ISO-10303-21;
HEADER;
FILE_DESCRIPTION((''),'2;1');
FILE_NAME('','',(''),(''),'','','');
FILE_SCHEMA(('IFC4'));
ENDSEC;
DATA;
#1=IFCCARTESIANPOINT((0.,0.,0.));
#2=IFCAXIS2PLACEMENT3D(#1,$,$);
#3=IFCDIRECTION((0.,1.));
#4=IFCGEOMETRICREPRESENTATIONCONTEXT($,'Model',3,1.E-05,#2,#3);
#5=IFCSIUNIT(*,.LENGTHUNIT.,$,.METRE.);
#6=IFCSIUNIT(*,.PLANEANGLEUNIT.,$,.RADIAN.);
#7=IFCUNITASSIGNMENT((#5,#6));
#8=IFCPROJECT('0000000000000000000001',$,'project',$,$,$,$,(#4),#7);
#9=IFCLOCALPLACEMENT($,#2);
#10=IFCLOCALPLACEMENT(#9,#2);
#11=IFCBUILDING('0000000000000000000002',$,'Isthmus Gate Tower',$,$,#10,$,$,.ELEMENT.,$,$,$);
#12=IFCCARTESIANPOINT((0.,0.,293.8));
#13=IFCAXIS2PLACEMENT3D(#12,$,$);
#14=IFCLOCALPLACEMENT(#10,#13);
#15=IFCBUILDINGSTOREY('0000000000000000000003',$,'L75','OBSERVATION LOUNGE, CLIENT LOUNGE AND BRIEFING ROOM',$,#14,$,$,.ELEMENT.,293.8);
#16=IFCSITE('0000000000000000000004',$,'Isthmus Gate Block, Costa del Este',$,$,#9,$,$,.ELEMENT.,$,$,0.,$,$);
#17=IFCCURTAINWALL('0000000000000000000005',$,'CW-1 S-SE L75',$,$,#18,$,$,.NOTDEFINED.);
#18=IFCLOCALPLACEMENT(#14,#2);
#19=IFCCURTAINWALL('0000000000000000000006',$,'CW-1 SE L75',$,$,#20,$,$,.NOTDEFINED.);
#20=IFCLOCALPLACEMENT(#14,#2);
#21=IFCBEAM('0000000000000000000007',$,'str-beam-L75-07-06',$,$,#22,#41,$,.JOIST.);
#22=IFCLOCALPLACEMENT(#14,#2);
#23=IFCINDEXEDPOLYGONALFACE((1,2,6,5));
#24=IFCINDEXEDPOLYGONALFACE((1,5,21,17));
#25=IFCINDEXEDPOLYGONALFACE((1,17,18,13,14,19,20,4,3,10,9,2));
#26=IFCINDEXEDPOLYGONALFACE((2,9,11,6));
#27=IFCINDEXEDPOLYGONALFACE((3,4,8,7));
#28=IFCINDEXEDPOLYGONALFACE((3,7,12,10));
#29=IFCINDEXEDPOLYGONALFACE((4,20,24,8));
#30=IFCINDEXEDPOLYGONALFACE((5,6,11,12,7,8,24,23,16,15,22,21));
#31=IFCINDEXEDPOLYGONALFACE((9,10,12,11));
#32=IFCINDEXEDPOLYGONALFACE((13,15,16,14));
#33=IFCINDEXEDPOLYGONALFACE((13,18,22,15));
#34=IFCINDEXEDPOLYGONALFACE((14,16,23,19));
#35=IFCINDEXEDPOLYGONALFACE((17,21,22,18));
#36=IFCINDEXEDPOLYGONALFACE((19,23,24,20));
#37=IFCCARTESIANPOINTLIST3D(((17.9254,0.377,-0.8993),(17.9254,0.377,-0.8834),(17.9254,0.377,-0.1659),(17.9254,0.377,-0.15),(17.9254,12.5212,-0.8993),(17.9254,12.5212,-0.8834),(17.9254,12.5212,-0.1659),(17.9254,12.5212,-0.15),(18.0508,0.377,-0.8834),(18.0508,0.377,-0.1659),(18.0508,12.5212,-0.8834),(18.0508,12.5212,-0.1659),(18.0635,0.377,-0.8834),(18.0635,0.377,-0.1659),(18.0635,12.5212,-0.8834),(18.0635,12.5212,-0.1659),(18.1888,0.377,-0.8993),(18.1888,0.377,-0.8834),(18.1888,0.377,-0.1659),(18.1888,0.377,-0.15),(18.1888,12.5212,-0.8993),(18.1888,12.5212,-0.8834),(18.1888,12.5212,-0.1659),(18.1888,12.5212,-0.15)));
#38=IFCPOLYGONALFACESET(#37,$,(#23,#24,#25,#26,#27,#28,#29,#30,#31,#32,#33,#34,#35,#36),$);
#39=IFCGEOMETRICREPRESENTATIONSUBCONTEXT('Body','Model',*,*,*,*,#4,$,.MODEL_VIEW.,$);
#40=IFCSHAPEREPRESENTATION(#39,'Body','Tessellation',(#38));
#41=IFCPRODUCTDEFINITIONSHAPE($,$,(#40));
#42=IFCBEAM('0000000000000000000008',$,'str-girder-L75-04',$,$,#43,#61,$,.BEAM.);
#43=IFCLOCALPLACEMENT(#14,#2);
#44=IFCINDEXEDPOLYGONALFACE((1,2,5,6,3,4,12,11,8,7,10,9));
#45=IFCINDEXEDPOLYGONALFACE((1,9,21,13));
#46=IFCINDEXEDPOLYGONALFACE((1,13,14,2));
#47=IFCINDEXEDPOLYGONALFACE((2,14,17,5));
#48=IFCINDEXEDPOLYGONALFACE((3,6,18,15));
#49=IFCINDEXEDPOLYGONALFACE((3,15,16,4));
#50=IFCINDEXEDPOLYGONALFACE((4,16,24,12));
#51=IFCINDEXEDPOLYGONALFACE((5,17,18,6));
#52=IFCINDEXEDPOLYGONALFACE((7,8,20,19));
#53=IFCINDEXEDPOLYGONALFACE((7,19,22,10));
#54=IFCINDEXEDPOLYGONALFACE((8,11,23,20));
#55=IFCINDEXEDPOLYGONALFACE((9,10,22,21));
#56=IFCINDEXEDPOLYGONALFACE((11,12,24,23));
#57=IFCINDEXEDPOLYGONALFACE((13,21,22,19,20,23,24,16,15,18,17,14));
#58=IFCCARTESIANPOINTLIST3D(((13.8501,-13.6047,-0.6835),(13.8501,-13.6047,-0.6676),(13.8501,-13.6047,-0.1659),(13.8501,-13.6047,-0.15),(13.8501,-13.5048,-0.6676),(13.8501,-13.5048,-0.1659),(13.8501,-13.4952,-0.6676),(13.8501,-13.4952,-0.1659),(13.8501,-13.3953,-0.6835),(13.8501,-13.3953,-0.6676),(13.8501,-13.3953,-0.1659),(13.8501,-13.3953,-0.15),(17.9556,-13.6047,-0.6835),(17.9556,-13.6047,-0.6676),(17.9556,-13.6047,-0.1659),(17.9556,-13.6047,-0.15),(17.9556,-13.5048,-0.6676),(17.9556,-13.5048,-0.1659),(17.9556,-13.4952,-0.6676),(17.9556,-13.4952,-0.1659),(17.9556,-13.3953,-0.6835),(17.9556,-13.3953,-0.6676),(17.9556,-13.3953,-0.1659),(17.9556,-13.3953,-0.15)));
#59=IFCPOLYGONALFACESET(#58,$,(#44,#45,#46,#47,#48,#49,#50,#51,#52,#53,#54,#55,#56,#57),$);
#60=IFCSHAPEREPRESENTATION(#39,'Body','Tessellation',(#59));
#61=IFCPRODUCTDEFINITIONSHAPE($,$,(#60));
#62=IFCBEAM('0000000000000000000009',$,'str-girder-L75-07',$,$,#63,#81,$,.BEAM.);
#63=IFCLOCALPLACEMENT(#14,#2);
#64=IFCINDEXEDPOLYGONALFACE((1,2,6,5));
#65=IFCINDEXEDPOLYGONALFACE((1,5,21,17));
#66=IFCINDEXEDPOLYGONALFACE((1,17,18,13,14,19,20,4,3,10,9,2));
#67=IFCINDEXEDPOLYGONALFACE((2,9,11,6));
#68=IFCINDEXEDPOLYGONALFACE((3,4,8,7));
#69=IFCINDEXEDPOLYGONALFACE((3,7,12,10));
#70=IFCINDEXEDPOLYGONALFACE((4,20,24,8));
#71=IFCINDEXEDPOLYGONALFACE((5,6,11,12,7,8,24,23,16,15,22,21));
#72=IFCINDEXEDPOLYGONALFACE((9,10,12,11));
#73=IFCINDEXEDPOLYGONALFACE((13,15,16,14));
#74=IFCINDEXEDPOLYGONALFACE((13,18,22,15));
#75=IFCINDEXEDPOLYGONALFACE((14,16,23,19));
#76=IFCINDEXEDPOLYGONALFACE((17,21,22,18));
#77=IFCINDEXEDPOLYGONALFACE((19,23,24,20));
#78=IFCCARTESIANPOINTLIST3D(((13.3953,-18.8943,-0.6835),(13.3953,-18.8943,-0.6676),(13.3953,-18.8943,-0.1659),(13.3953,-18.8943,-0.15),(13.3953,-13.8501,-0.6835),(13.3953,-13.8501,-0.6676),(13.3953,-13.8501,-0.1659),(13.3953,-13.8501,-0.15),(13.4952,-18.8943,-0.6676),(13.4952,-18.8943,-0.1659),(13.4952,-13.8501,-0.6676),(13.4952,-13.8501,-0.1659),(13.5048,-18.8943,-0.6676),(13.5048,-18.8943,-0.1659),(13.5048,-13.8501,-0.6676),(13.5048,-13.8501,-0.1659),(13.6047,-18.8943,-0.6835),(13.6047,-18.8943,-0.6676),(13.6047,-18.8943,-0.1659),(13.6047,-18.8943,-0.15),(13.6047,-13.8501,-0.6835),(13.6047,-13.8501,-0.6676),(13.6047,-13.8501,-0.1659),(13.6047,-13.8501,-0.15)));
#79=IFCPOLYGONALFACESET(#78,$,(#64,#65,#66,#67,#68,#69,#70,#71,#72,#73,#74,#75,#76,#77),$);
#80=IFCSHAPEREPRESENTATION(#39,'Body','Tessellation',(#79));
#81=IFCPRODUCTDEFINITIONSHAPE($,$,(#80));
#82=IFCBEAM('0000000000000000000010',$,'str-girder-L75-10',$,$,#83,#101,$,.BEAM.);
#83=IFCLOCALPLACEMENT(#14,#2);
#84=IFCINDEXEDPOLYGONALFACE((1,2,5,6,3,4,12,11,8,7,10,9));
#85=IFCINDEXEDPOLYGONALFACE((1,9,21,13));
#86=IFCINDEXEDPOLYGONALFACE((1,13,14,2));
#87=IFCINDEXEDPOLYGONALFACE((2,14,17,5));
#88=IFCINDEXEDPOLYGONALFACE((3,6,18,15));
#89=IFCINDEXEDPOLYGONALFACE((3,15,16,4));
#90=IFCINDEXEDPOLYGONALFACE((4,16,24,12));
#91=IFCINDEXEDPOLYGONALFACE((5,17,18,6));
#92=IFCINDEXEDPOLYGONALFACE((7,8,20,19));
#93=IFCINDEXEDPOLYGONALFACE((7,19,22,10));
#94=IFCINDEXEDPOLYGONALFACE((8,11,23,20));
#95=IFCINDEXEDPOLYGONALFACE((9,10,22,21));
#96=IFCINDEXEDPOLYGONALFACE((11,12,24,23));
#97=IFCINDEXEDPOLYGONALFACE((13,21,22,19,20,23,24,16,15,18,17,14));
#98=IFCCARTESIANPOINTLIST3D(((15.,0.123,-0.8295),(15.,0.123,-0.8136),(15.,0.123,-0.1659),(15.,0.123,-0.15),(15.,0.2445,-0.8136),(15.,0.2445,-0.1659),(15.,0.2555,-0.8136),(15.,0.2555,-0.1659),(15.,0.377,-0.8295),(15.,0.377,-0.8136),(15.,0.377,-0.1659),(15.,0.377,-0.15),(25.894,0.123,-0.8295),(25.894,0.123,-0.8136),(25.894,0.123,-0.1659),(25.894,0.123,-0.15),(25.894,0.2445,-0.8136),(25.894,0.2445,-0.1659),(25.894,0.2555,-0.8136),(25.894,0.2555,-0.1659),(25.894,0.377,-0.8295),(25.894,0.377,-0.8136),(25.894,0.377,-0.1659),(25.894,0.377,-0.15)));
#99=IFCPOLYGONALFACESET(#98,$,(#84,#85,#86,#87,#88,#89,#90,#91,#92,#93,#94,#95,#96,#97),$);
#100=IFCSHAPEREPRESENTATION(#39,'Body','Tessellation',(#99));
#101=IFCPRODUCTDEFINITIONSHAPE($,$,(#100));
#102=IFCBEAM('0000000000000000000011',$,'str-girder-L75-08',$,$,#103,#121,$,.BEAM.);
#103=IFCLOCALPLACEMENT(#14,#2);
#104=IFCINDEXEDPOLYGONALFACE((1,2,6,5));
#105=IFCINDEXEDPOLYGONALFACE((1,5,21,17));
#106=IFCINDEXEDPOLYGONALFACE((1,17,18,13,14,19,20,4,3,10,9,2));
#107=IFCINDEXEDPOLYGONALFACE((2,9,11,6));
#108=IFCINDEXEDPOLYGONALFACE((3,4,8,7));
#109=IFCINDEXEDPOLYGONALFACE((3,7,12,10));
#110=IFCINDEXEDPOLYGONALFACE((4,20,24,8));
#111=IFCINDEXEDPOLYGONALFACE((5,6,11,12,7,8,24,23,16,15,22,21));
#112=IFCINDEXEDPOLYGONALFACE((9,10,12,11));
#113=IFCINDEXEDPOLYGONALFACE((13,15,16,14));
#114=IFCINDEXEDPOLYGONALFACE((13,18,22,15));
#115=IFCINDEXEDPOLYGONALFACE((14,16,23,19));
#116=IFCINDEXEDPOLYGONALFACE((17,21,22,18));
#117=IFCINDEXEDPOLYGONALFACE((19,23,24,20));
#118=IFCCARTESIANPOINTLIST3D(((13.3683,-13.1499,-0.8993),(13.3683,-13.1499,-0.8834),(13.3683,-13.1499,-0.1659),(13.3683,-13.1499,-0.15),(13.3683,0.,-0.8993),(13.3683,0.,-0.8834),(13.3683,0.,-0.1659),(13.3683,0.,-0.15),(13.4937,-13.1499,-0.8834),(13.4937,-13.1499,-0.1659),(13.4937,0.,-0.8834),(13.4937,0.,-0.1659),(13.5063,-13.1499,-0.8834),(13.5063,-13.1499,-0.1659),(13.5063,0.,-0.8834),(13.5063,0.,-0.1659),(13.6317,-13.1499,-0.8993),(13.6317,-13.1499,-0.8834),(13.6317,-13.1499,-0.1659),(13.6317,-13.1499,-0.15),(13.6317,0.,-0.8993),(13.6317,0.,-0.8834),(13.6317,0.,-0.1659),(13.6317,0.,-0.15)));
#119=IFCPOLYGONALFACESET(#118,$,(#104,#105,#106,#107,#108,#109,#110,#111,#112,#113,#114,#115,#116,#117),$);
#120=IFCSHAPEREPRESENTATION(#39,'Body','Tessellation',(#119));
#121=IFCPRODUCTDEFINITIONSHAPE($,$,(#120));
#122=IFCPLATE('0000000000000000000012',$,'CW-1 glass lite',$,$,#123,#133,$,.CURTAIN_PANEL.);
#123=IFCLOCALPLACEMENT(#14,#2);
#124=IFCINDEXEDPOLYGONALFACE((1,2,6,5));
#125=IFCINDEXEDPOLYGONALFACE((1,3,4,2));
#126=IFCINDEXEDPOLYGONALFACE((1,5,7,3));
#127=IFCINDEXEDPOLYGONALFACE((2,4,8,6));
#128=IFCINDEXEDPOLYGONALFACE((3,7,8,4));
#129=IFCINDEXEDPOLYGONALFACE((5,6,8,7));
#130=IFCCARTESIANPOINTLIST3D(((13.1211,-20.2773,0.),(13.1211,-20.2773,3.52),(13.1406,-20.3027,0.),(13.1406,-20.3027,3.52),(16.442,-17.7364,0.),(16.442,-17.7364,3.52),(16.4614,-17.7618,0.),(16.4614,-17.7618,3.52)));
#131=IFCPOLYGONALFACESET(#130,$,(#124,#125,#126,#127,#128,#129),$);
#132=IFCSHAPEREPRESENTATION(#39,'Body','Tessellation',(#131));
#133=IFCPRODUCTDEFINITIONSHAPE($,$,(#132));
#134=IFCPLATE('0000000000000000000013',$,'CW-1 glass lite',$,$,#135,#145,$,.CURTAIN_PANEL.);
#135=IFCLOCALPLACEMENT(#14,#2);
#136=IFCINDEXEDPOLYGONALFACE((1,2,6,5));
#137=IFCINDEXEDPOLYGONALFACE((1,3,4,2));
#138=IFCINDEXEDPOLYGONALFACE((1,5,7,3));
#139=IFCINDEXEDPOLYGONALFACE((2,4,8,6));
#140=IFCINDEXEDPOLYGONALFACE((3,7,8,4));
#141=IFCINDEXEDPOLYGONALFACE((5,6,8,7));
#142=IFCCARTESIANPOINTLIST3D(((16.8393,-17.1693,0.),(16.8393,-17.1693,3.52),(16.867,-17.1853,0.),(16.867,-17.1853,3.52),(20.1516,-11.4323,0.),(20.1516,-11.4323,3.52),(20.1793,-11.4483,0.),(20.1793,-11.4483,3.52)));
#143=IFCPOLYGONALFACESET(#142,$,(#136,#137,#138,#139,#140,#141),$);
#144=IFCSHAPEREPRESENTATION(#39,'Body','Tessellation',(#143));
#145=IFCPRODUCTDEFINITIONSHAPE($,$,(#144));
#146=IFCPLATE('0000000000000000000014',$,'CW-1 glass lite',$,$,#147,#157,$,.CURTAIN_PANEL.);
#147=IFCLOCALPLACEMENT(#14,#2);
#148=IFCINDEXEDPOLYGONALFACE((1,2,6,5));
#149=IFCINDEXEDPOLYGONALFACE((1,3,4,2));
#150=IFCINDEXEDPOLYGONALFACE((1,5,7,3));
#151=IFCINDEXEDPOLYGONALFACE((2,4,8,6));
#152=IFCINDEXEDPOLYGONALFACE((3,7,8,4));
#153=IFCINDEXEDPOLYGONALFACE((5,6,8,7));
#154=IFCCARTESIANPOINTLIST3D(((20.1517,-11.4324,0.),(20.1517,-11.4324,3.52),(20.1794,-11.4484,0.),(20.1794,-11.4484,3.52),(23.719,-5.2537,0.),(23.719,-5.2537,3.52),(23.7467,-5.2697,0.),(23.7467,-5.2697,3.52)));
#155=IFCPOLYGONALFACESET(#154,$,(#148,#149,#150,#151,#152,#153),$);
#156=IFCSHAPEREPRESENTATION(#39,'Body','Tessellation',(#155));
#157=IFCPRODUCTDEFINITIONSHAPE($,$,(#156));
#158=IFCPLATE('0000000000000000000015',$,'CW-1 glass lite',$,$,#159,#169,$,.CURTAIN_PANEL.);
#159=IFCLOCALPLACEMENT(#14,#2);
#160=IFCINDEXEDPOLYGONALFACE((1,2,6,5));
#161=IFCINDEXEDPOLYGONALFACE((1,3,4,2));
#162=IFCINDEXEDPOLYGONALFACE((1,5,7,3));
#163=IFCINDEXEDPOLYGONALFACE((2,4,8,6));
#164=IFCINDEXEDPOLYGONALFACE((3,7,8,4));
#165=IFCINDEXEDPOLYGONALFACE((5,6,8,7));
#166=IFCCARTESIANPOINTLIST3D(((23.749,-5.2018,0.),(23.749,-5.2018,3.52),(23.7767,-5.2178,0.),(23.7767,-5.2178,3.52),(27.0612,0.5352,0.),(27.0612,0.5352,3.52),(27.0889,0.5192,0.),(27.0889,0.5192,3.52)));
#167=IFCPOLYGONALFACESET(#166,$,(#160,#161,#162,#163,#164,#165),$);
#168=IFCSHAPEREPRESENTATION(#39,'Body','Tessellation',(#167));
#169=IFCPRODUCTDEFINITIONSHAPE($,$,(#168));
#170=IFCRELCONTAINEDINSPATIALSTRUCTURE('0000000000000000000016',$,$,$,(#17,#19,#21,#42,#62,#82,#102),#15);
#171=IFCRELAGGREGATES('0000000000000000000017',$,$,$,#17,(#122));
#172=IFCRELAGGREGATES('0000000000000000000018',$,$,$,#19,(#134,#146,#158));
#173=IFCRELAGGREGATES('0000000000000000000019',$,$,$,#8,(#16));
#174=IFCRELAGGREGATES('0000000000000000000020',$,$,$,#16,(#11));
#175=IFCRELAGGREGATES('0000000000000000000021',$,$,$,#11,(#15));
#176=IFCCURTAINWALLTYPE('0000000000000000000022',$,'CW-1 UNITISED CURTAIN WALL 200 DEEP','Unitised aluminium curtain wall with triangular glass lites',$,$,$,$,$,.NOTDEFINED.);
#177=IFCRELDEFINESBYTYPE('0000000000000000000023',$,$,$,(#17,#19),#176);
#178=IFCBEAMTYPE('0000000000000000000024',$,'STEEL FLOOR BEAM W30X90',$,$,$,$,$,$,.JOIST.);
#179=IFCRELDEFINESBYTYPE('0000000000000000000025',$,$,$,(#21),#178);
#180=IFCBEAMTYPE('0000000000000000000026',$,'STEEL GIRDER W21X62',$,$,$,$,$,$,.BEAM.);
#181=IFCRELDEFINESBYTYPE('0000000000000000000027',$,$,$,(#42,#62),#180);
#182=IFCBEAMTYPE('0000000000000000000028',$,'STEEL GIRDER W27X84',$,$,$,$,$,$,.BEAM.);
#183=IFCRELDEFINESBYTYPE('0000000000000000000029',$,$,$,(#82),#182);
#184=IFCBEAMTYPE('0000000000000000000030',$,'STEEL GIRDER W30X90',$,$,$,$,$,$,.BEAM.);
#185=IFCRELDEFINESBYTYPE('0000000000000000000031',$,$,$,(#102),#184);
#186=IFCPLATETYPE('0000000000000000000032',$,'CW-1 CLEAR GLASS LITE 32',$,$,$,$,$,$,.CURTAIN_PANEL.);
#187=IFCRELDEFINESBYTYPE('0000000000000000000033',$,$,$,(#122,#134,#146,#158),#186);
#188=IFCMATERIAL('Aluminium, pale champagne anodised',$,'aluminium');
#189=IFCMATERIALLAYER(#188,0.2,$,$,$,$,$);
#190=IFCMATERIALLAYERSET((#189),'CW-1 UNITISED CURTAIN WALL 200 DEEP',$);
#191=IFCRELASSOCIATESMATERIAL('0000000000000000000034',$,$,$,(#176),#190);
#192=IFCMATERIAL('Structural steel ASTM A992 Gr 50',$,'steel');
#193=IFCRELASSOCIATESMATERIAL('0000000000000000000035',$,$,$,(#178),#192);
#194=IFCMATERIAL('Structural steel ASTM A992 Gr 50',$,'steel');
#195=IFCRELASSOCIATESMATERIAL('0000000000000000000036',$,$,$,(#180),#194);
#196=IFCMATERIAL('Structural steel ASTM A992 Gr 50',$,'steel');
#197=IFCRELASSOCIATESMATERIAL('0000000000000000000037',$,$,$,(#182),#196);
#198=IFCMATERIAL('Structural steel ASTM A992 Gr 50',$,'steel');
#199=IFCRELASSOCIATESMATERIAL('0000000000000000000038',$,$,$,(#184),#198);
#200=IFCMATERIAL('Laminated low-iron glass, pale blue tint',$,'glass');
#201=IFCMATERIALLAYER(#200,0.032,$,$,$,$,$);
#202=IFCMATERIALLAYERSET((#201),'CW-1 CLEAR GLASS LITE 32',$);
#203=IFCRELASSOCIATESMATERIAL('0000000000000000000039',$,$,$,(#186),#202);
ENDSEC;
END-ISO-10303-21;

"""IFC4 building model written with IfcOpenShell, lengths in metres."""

from ifc_helpers import new_model, si_unit, direction, frame, origin, origin_2d, place, context, subcontext, project, spatial, rectangle, i_section, extrude, material, layer, layer_set, material_profile, profile_set, type_object, element, aggregate, save


model = new_model("IFC4")

# Units and contexts
model_context = context("Model", 3, precision=1e-05, world=origin(), true_north=direction((0.0, 1.0)))
body_context = subcontext(model_context, "Body", "Model", "MODEL_VIEW")
ifc_project = project(units=[si_unit("LENGTHUNIT", "METRE"), si_unit("PLANEANGLEUNIT", "RADIAN")], contexts=[model_context])

# Site, building, storey
site_placement = place(None, origin())
site = spatial("IfcSite", under=ifc_project, at=site_placement, Name="Isthmus Gate Block, Costa del Este", CompositionType="ELEMENT", RefElevation=0.0)
building_placement = place(site_placement, origin())
building = spatial("IfcBuilding", under=site, at=building_placement, Name="Isthmus Gate Tower", CompositionType="ELEMENT")
storey_placement = place(building_placement, frame((0.0, 0.0, 293.8)))
storey = spatial("IfcBuildingStorey", under=building, at=storey_placement, Name="L75", Description="OBSERVATION LOUNGE, CLIENT LOUNGE AND BRIEFING ROOM", CompositionType="ELEMENT", Elevation=293.8)

# Curtain wall
ifc_material_1 = material(Name="Aluminium, pale champagne anodised", Category="aluminium")
ifc_layer_1 = layer(ifc_material_1, 0.2)
ifc_layer_set_1 = layer_set([ifc_layer_1], Name="CW-1 UNITISED CURTAIN WALL 200 DEEP")
curtain_wall_type = type_object("IfcCurtainWallType", Name="CW-1 UNITISED CURTAIN WALL 200 DEEP", Description="Unitised aluminium curtain wall with triangular glass lites", PredefinedType="NOTDEFINED", material=ifc_layer_set_1)
curtain_wall_1_placement = place(storey_placement, origin())
curtain_wall_1 = element("IfcCurtainWall", 1, at=curtain_wall_1_placement, inside=storey, type_object=curtain_wall_type, Name="CW-1 S-SE L75", PredefinedType="NOTDEFINED")

# Curtain wall
curtain_wall_2_placement = place(storey_placement, origin())
curtain_wall_2 = element("IfcCurtainWall", 2, at=curtain_wall_2_placement, inside=storey, type_object=curtain_wall_type, Name="CW-1 SE L75", PredefinedType="NOTDEFINED")

# Beams
ifc_material_2 = material(Name="Structural steel ASTM A992 Gr 50", Category="steel")
ifc_material_profile_1 = material_profile(ifc_material_2, i_section(OverallWidth=0.2634, OverallDepth=0.7493, WebThickness=0.0127, FlangeThickness=0.0159, at=origin_2d()), Name="W30X90")
ifc_profile_set_1 = profile_set([ifc_material_profile_1], Name="Structural steel ASTM A992 Gr 50")
beam_type_1 = type_object("IfcBeamType", Name="STEEL FLOOR BEAM W30X90", PredefinedType="JOIST", material=ifc_profile_set_1)
beam_1_placement = place(storey_placement, frame((18.0571, 0.377, -0.5247), z_axis=(0.0, 1.0, 0.0), x_axis=(-1.0, 0.0, 0.0)))
element("IfcBeam", 3, at=beam_1_placement, inside=storey, type_object=beam_type_1, Name="str-beam-L75-07-06", PredefinedType="JOIST", context=body_context, shape_type="SweptSolid", body=[
    extrude(i_section(OverallWidth=0.2634, OverallDepth=0.7493, WebThickness=0.0127, FlangeThickness=0.0159, at=origin_2d()), origin(), (0.0, 0.0, 1.0), 12.1443),
])
ifc_material_3 = material(Name="Structural steel ASTM A992 Gr 50", Category="steel")
ifc_material_profile_2 = material_profile(ifc_material_3, i_section(OverallWidth=0.2095, OverallDepth=0.5334, WebThickness=0.0095, FlangeThickness=0.0159, at=origin_2d()), Name="W21X62")
ifc_profile_set_2 = profile_set([ifc_material_profile_2], Name="Structural steel ASTM A992 Gr 50")
beam_type_2 = type_object("IfcBeamType", Name="STEEL GIRDER W21X62", PredefinedType="BEAM", material=ifc_profile_set_2)
beam_2_placement = place(storey_placement, frame((13.8501, -13.5, -0.4167), z_axis=(1.0, 0.0, 0.0), x_axis=(0.0, 1.0, 0.0)))
element("IfcBeam", 4, at=beam_2_placement, inside=storey, type_object=beam_type_2, Name="str-girder-L75-04", PredefinedType="BEAM", context=body_context, shape_type="SweptSolid", body=[
    extrude(i_section(OverallWidth=0.2095, OverallDepth=0.5334, WebThickness=0.0095, FlangeThickness=0.0159, at=origin_2d()), origin(), (0.0, 0.0, 1.0), 4.1055),
])
beam_3_placement = place(storey_placement, frame((13.5, -18.8943, -0.4167), z_axis=(0.0, 1.0, 0.0), x_axis=(-1.0, 0.0, 0.0)))
element("IfcBeam", 5, at=beam_3_placement, inside=storey, type_object=beam_type_2, Name="str-girder-L75-07", PredefinedType="BEAM", context=body_context, shape_type="SweptSolid", body=[
    extrude(i_section(OverallWidth=0.2095, OverallDepth=0.5334, WebThickness=0.0095, FlangeThickness=0.0159, at=origin_2d()), origin(), (0.0, 0.0, 1.0), 5.0442),
])
ifc_material_4 = material(Name="Structural steel ASTM A992 Gr 50", Category="steel")
ifc_material_profile_3 = material_profile(ifc_material_4, i_section(OverallWidth=0.2539, OverallDepth=0.6794, WebThickness=0.011, FlangeThickness=0.0159, at=origin_2d()), Name="W27X84")
ifc_profile_set_3 = profile_set([ifc_material_profile_3], Name="Structural steel ASTM A992 Gr 50")
beam_type_3 = type_object("IfcBeamType", Name="STEEL GIRDER W27X84", PredefinedType="BEAM", material=ifc_profile_set_3)
beam_4_placement = place(storey_placement, frame((15.0, 0.25, -0.4897), z_axis=(1.0, 0.0, 0.0), x_axis=(0.0, 1.0, 0.0)))
element("IfcBeam", 6, at=beam_4_placement, inside=storey, type_object=beam_type_3, Name="str-girder-L75-10", PredefinedType="BEAM", context=body_context, shape_type="SweptSolid", body=[
    extrude(i_section(OverallWidth=0.2539, OverallDepth=0.6794, WebThickness=0.011, FlangeThickness=0.0159, at=origin_2d()), origin(), (0.0, 0.0, 1.0), 10.894),
])
ifc_material_5 = material(Name="Structural steel ASTM A992 Gr 50", Category="steel")
ifc_material_profile_4 = material_profile(ifc_material_5, i_section(OverallWidth=0.2634, OverallDepth=0.7493, WebThickness=0.0127, FlangeThickness=0.0159, at=origin_2d()), Name="W30X90")
ifc_profile_set_4 = profile_set([ifc_material_profile_4], Name="Structural steel ASTM A992 Gr 50")
beam_type_4 = type_object("IfcBeamType", Name="STEEL GIRDER W30X90", PredefinedType="BEAM", material=ifc_profile_set_4)
beam_5_placement = place(storey_placement, frame((13.5, -13.1499, -0.5247), z_axis=(0.0, 1.0, 0.0), x_axis=(-1.0, 0.0, 0.0)))
element("IfcBeam", 7, at=beam_5_placement, inside=storey, type_object=beam_type_4, Name="str-girder-L75-08", PredefinedType="BEAM", context=body_context, shape_type="SweptSolid", body=[
    extrude(i_section(OverallWidth=0.2634, OverallDepth=0.7493, WebThickness=0.0127, FlangeThickness=0.0159, at=origin_2d()), origin(), (0.0, 0.0, 1.0), 13.1499),
])

# Plates
ifc_material_6 = material(Name="Laminated low-iron glass, pale blue tint", Category="glass")
ifc_layer_2 = layer(ifc_material_6, 0.032)
ifc_layer_set_2 = layer_set([ifc_layer_2], Name="CW-1 CLEAR GLASS LITE 32")
plate_type = type_object("IfcPlateType", Name="CW-1 CLEAR GLASS LITE 32", PredefinedType="CURTAIN_PANEL", material=ifc_layer_set_2)
plate_1_placement = place(storey_placement, frame((14.7913, -19.0195, 0.0), z_axis=(0.0, 0.0, 1.0), x_axis=(0.794189, 0.607671, 0.0)))
plate_1 = element("IfcPlate", 8, at=plate_1_placement, type_object=plate_type, Name="CW-1 glass lite", PredefinedType="CURTAIN_PANEL", context=body_context, shape_type="SweptSolid", body=[
    extrude(rectangle(XDim=4.1814, YDim=0.032, at=origin_2d()), origin(), (0.0, 0.0, 1.0), 3.52),
])
aggregate(curtain_wall_1, [plate_1])
plate_2_placement = place(storey_placement, frame((18.5093, -14.3088, 0.0), z_axis=(0.0, 0.0, 1.0), x_axis=(0.5, 0.866025, 0.0)))
plate_2 = element("IfcPlate", 9, at=plate_2_placement, type_object=plate_type, Name="CW-1 glass lite", PredefinedType="CURTAIN_PANEL", context=body_context, shape_type="SweptSolid", body=[
    extrude(rectangle(XDim=6.6245, YDim=0.032, at=origin_2d()), origin(), (0.0, 0.0, 1.0), 3.52),
])
plate_3_placement = place(storey_placement, frame((21.9492, -8.3511, 0.0), z_axis=(0.0, 0.0, 1.0), x_axis=(0.5, 0.866025, 0.0)))
plate_3 = element("IfcPlate", 10, at=plate_3_placement, type_object=plate_type, Name="CW-1 glass lite", PredefinedType="CURTAIN_PANEL", context=body_context, shape_type="SweptSolid", body=[
    extrude(rectangle(XDim=7.1345, YDim=0.032, at=origin_2d()), origin(), (0.0, 0.0, 1.0), 3.52),
])
plate_4_placement = place(storey_placement, frame((25.4189, -2.3413, 0.0), z_axis=(0.0, 0.0, 1.0), x_axis=(0.5, 0.866025, 0.0)))
plate_4 = element("IfcPlate", 11, at=plate_4_placement, type_object=plate_type, Name="CW-1 glass lite", PredefinedType="CURTAIN_PANEL", context=body_context, shape_type="SweptSolid", body=[
    extrude(rectangle(XDim=6.6245, YDim=0.032, at=origin_2d()), origin(), (0.0, 0.0, 1.0), 3.52),
])
aggregate(curtain_wall_2, [plate_2, plate_3, plate_4])

save(model, "model.ifc")
